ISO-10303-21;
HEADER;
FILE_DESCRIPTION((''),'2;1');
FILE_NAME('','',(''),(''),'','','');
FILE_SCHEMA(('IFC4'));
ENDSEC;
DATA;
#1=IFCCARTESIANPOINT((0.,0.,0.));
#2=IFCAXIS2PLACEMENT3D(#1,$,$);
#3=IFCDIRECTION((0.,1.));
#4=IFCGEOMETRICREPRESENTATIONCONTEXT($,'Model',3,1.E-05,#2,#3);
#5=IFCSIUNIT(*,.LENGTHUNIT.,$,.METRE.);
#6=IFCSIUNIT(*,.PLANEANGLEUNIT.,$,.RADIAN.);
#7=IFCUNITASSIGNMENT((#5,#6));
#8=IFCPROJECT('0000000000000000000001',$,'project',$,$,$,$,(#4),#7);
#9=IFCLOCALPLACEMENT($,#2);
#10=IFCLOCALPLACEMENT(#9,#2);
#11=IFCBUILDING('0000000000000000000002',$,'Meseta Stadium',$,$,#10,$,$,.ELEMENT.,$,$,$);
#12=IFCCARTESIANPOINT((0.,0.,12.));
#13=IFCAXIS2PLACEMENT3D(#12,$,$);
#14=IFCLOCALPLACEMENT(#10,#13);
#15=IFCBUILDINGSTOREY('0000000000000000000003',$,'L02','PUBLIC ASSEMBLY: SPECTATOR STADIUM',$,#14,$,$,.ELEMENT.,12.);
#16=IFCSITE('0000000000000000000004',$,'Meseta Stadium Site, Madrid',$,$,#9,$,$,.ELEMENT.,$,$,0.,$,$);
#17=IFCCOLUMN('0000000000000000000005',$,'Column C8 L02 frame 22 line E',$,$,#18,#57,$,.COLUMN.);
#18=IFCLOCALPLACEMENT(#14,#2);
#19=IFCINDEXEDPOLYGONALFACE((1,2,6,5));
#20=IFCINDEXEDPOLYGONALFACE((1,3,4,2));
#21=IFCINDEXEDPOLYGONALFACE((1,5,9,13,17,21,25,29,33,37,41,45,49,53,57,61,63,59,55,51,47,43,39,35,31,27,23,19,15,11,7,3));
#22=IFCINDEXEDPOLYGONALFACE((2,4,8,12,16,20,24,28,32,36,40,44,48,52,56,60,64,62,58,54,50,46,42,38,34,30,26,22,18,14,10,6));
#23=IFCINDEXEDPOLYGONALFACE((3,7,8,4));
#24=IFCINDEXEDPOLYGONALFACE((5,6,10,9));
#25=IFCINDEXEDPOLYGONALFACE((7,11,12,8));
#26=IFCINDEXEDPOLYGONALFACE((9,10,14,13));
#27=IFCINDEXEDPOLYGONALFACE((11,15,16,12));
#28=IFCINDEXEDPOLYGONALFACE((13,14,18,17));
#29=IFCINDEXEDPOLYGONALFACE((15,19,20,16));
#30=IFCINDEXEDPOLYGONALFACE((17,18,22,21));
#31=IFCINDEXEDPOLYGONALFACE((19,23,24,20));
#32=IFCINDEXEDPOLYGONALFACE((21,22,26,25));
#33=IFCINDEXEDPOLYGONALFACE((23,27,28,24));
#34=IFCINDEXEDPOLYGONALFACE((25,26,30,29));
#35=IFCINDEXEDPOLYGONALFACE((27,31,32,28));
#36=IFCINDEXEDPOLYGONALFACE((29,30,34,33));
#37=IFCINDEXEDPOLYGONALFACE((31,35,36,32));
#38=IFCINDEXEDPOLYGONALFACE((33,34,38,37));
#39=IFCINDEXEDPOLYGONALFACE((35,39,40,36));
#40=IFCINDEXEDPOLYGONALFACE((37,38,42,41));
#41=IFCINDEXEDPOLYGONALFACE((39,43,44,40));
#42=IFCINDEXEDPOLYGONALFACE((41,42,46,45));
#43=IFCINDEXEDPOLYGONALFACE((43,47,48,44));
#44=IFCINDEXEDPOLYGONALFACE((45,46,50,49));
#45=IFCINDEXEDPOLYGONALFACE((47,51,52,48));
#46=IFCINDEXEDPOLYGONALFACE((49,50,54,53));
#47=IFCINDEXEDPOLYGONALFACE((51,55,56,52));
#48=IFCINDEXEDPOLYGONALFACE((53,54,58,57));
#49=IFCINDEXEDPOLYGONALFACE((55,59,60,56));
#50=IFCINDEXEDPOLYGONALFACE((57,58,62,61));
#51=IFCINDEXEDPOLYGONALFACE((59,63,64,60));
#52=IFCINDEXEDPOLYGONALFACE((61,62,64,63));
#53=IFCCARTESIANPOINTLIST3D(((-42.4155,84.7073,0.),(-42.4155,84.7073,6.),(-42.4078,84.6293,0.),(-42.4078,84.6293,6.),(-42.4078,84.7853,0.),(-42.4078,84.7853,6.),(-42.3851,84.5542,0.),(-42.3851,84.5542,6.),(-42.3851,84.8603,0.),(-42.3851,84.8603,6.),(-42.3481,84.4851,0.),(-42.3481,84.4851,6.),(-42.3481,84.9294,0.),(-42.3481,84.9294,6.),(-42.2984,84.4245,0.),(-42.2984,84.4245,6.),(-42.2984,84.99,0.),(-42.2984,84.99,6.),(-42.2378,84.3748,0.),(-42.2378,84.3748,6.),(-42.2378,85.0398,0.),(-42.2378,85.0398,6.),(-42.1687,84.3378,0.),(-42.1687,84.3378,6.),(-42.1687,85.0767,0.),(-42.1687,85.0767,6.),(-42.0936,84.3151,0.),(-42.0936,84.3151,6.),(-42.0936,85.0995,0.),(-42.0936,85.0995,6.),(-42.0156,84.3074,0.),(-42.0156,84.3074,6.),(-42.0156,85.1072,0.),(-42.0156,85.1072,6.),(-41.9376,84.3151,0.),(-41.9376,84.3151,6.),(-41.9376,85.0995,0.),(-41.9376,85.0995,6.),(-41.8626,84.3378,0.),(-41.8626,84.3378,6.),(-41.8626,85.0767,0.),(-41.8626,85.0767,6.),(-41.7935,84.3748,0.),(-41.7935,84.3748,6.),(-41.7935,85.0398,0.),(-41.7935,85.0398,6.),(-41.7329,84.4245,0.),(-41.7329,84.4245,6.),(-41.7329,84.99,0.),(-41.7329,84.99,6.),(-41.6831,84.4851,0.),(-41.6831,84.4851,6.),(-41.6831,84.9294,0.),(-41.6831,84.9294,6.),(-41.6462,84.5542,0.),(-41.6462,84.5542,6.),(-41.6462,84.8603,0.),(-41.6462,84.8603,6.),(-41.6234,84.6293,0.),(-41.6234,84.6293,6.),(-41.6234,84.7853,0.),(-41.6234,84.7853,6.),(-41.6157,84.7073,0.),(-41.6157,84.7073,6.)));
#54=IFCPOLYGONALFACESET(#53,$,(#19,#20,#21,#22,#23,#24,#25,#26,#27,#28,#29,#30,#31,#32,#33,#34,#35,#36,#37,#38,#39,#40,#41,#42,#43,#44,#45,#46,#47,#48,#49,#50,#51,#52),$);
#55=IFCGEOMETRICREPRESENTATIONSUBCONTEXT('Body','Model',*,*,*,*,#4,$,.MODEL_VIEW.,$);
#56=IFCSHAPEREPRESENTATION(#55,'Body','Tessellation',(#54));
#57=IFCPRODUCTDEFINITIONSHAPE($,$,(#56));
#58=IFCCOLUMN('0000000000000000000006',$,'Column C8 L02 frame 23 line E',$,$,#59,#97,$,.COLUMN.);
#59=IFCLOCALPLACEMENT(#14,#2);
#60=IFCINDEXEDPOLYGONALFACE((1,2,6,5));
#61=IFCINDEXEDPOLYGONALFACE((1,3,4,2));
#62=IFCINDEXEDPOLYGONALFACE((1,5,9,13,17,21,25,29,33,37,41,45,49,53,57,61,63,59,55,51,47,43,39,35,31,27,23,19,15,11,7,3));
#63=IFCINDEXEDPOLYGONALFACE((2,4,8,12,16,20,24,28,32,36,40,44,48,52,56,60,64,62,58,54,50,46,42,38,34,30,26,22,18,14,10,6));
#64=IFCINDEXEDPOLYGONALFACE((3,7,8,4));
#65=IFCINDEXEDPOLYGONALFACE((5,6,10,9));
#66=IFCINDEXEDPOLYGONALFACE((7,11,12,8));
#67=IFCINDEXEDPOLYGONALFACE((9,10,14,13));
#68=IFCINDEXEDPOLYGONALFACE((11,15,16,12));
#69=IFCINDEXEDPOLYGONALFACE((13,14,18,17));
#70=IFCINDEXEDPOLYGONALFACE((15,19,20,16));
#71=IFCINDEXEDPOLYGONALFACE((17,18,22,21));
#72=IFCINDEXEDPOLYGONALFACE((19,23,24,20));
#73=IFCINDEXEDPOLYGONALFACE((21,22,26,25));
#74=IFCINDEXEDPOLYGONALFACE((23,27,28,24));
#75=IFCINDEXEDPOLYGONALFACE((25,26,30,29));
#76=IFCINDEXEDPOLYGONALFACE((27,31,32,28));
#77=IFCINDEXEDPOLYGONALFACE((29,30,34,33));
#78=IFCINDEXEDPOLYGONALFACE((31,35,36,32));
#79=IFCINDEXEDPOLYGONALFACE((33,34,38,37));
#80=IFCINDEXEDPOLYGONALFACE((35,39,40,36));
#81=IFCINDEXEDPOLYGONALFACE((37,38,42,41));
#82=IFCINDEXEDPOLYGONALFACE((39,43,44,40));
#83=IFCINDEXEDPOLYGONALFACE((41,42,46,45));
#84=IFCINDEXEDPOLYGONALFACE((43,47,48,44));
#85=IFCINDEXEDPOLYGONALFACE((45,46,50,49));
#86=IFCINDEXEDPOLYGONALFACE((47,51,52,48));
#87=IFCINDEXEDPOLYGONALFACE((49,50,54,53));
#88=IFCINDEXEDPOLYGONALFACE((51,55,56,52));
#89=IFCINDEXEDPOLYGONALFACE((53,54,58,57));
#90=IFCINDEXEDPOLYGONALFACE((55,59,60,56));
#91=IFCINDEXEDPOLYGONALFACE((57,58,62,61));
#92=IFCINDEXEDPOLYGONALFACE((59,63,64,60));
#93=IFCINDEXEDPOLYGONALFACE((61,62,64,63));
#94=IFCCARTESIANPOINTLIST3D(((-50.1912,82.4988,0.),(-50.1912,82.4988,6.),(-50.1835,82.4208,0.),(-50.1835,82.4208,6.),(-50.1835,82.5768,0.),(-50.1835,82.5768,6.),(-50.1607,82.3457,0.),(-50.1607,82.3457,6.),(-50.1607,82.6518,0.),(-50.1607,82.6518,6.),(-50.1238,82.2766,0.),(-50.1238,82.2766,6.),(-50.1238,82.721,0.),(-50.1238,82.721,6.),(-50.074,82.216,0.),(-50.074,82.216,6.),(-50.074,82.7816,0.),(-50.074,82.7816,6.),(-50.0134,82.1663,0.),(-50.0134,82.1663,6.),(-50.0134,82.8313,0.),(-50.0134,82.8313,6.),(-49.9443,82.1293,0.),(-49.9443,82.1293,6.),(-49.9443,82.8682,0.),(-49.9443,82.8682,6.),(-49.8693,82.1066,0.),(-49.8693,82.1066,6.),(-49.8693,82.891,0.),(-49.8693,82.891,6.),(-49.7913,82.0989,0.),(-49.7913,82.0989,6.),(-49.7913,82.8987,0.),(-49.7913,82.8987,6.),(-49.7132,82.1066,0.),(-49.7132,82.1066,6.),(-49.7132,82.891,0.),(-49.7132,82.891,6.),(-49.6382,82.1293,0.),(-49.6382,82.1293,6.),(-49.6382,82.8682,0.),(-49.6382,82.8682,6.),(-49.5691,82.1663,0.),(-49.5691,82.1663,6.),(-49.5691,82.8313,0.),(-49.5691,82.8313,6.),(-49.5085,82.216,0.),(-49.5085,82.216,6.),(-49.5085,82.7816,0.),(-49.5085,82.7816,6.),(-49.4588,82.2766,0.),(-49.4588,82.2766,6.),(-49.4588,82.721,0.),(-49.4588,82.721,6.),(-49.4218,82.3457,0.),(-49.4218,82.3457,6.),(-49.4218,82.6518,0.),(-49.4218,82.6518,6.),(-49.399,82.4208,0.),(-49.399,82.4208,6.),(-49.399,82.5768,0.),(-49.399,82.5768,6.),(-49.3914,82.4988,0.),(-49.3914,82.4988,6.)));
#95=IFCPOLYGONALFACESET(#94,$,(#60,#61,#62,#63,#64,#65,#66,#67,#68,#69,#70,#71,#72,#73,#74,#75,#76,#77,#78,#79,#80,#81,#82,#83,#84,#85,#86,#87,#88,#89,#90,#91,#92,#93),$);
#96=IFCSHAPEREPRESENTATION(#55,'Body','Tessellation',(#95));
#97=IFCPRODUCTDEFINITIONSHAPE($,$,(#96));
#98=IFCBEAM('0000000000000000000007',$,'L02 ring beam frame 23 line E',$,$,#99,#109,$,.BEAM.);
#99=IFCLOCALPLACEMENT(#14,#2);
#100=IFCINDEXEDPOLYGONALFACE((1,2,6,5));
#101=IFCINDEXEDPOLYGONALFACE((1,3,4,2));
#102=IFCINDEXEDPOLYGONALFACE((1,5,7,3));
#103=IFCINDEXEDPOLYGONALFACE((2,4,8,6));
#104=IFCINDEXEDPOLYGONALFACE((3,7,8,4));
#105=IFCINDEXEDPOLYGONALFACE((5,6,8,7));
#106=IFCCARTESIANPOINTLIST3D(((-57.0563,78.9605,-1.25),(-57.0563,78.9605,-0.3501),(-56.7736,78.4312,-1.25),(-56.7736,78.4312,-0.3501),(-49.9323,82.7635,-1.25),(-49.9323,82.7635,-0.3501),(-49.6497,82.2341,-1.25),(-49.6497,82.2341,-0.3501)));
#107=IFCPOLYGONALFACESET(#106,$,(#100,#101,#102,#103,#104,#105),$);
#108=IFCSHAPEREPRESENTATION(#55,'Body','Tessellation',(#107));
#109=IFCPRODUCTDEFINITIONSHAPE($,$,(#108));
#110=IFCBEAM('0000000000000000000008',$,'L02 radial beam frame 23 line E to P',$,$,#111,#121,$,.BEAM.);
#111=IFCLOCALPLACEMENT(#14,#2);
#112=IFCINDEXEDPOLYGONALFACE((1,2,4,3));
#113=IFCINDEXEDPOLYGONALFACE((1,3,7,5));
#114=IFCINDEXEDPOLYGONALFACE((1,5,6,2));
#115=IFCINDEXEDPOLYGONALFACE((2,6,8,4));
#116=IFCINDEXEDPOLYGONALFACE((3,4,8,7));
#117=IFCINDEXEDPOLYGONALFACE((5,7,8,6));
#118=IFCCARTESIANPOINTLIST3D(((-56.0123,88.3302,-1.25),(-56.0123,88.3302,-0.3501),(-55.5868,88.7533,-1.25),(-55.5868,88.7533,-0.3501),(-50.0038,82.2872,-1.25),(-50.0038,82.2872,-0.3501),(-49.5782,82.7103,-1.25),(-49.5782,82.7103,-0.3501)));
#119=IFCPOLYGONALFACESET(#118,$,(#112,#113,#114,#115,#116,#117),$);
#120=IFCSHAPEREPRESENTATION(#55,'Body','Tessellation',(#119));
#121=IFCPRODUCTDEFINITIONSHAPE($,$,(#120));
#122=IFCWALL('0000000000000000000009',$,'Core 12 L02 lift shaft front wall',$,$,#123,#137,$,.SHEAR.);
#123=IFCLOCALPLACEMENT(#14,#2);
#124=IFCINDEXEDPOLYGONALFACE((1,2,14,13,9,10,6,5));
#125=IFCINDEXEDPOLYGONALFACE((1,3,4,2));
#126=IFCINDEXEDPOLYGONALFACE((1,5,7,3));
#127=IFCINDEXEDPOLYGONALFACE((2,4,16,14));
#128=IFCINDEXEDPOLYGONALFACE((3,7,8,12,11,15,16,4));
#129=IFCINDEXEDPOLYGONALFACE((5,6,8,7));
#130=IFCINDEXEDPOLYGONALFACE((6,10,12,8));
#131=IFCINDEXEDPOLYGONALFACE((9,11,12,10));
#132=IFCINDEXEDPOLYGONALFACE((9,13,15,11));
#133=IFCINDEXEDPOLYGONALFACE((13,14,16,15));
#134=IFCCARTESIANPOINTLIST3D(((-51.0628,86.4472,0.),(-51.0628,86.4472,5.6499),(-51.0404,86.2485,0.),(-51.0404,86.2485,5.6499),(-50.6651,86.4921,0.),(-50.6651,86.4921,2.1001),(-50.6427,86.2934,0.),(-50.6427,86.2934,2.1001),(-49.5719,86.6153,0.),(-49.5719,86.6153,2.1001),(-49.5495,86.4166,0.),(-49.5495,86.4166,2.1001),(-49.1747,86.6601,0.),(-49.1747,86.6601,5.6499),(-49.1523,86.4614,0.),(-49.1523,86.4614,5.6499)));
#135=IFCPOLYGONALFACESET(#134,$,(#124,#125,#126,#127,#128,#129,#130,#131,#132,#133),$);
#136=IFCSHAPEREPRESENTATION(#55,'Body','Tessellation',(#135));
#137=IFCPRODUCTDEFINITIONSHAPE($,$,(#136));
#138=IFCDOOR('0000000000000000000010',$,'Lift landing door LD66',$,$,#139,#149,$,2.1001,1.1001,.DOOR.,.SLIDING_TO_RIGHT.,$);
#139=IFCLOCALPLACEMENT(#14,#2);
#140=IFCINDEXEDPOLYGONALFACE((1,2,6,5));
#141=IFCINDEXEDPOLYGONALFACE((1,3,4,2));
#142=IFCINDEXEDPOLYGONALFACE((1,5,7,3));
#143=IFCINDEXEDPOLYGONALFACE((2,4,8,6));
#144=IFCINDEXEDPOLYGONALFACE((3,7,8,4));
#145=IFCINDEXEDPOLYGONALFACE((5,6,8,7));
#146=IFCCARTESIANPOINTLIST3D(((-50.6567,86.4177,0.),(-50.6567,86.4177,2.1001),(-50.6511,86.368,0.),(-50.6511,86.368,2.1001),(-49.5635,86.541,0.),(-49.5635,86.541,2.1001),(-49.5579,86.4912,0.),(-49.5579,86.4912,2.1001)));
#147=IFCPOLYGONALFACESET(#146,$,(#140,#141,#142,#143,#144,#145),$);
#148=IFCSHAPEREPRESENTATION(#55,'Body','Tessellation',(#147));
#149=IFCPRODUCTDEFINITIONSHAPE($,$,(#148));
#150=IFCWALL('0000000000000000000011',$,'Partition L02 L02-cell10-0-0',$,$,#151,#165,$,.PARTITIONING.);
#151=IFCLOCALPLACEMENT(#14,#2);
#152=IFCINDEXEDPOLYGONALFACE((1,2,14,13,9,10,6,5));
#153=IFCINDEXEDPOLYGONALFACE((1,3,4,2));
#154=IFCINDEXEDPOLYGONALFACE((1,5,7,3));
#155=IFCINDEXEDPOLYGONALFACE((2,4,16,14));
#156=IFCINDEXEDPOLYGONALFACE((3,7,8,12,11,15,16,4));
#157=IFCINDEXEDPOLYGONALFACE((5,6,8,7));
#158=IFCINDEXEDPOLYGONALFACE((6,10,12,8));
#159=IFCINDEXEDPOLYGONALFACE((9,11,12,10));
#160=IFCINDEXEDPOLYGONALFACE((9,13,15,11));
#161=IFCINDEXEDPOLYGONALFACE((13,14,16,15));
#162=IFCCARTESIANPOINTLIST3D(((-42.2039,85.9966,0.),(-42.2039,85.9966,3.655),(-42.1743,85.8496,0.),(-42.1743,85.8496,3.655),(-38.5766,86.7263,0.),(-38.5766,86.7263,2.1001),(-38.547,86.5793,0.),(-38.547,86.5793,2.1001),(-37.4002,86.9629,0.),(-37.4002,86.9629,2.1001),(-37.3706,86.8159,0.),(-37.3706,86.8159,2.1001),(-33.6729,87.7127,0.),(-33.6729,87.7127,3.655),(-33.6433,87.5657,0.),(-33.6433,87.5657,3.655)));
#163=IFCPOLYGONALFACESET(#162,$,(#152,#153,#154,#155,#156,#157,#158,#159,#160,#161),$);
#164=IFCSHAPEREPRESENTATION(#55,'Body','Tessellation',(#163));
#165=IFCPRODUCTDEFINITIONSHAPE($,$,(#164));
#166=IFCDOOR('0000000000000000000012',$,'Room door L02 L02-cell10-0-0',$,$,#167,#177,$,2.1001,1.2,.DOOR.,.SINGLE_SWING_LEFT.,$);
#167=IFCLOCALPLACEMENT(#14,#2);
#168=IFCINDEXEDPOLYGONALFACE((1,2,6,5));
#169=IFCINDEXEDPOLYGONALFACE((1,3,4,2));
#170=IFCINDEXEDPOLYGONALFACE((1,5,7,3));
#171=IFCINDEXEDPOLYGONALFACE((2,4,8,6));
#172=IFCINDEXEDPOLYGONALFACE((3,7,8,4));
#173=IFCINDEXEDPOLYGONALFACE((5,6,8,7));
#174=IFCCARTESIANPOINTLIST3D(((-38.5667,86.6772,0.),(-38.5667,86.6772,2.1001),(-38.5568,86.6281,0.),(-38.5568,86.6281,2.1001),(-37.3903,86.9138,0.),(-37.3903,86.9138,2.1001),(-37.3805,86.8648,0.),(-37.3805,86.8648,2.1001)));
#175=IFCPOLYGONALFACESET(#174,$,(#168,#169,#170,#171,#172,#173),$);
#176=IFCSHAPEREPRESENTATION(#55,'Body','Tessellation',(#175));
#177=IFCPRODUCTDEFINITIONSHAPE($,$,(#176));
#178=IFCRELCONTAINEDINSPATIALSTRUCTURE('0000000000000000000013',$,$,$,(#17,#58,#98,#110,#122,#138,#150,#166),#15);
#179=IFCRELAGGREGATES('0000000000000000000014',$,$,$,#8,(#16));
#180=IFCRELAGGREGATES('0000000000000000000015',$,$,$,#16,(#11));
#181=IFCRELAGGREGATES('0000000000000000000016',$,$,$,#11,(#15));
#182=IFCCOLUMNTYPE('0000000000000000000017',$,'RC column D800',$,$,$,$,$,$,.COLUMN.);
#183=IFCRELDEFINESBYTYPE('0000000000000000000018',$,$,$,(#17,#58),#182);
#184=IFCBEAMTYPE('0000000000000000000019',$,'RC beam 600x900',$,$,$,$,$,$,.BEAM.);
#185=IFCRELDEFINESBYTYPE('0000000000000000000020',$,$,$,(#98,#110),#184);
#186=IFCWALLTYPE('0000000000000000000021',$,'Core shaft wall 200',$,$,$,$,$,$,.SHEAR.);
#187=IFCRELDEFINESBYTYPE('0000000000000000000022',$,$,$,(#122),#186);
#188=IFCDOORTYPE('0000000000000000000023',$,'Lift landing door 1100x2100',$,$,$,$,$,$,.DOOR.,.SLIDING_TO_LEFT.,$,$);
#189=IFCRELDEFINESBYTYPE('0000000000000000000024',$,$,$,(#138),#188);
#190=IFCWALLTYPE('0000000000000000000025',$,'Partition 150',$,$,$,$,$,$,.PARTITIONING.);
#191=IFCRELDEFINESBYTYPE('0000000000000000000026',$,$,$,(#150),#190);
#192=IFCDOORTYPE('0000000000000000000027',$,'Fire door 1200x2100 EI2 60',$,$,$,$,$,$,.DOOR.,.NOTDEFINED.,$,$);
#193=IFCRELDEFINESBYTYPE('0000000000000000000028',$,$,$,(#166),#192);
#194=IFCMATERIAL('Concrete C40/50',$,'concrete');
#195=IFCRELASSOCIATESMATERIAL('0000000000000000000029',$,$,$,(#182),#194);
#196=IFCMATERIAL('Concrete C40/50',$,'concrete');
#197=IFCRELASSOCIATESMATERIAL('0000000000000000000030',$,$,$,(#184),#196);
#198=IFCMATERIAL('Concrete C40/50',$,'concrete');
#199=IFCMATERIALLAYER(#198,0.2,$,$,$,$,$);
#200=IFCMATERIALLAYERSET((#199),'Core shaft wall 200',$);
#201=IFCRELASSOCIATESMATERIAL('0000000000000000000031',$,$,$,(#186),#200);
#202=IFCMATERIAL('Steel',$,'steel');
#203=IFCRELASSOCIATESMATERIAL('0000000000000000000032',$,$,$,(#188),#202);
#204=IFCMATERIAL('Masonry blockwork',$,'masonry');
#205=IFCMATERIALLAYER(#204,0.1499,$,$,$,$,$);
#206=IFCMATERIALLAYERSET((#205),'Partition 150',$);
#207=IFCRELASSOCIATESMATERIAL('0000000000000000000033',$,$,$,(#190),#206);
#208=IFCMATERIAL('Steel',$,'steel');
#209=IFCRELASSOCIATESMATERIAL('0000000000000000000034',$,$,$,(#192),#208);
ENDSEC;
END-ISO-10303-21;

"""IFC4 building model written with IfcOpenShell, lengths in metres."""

from ifc_helpers import new_model, si_unit, direction, frame, frame_2d, origin, origin_2d, place, context, subcontext, project, spatial, rectangle, circle, extrude, material, layer, layer_set, material_profile, profile_set, type_object, element, fill, save


model = new_model("IFC4")

# Units and contexts
model_context = context("Model", 3, precision=1e-05, world=origin(), true_north=direction((0.0, 1.0)))
body_context = subcontext(model_context, "Body", "Model", "MODEL_VIEW")
ifc_project = project(units=[si_unit("LENGTHUNIT", "METRE"), si_unit("PLANEANGLEUNIT", "RADIAN")], contexts=[model_context])

# Site, building, storey
site_placement = place(None, origin())
site = spatial("IfcSite", under=ifc_project, at=site_placement, Name="Meseta Stadium Site, Madrid", CompositionType="ELEMENT", RefElevation=0.0)
building_placement = place(site_placement, origin())
building = spatial("IfcBuilding", under=site, at=building_placement, Name="Meseta Stadium", CompositionType="ELEMENT")
storey_placement = place(building_placement, frame((0.0, 0.0, 12.0)))
storey = spatial("IfcBuildingStorey", under=building, at=storey_placement, Name="L02", Description="PUBLIC ASSEMBLY: SPECTATOR STADIUM", CompositionType="ELEMENT", Elevation=12.0)

# Columns
ifc_material_1 = material(Name="Concrete C40/50", Category="concrete")
ifc_material_profile_1 = material_profile(ifc_material_1, circle(Radius=0.3999, at=origin_2d()), Name="RC D800")
ifc_profile_set_1 = profile_set([ifc_material_profile_1], Name="Concrete C40/50")
column_type = type_object("IfcColumnType", Name="RC column D800", PredefinedType="COLUMN", material=ifc_profile_set_1)
for number, where, z_axis, x_axis, name in (
    (1, (-42.0156, 84.7073, 0.0), (0.0, 0.0, 1.0), (1.0, 0.0, 0.0), "Column C8 L02 frame 22 line E"),
    (2, (-49.7913, 82.4988, 0.0), (0.0, 0.0, 1.0), (1.0, 0.0, 0.0), "Column C8 L02 frame 23 line E"),
):
    element("IfcColumn", number, at=place(storey_placement, frame(where, z_axis=z_axis, x_axis=x_axis)), inside=storey, type_object=column_type, Name=name, PredefinedType="COLUMN", context=body_context, shape_type="SweptSolid", body=[
        extrude(circle(Radius=0.3999, at=origin_2d()), origin(), (0.0, 0.0, 1.0), 6.0),
    ])

# Beams
ifc_material_2 = material(Name="Concrete C40/50", Category="concrete")
ifc_material_profile_2 = material_profile(ifc_material_2, rectangle(XDim=0.6001, YDim=0.8999, at=origin_2d()), Name="RC 600x900")
ifc_profile_set_2 = profile_set([ifc_material_profile_2], Name="Concrete C40/50")
beam_type = type_object("IfcBeamType", Name="RC beam 600x900", PredefinedType="BEAM", material=ifc_profile_set_2)
beam_1_placement = place(storey_placement, frame((-49.791, 82.4988, -0.8), z_axis=(-0.882173, -0.470926, 0.0), x_axis=(0.470926, -0.882173, 0.0)))
element("IfcBeam", 3, at=beam_1_placement, inside=storey, type_object=beam_type, Name="L02 ring beam frame 23 line E", PredefinedType="BEAM", context=body_context, shape_type="SweptSolid", body=[
    extrude(rectangle(XDim=0.6001, YDim=0.8999, at=origin_2d()), origin(), (0.0, 0.0, 1.0), 8.0754),
])
beam_2_placement = place(storey_placement, frame((-49.791, 82.4988, -0.8), z_axis=(-0.705084, 0.709124, 0.0), x_axis=(-0.709124, -0.705084, 0.0)))
element("IfcBeam", 4, at=beam_2_placement, inside=storey, type_object=beam_type, Name="L02 radial beam frame 23 line E to P", PredefinedType="BEAM", context=body_context, shape_type="SweptSolid", body=[
    extrude(rectangle(XDim=0.6001, YDim=0.8999, at=origin_2d()), origin(), (0.0, 0.0, 1.0), 8.5217),
])

# Walls, openings, doors
ifc_material_3 = material(Name="Concrete C40/50", Category="concrete")
ifc_layer_1 = layer(ifc_material_3, 0.2)
ifc_layer_set_1 = layer_set([ifc_layer_1], Name="Core shaft wall 200")
wall_type_1 = type_object("IfcWallType", Name="Core shaft wall 200", PredefinedType="SHEAR", material=ifc_layer_set_1)
wall_1_placement = place(storey_placement, frame((-49.1633, 86.5608, 0.0), z_axis=(0.0, 0.0, 1.0), x_axis=(-0.993704, -0.112039, 0.0)))
wall_1 = element("IfcWall", 5, at=wall_1_placement, inside=storey, type_object=wall_type_1, Name="Core 12 L02 lift shaft front wall", PredefinedType="SHEAR", context=body_context, shape_type="SweptSolid", body=[
    extrude(rectangle(XDim=1.9001, YDim=0.2, at=frame_2d((0.9502, 0.0))), origin(), (0.0, 0.0, 1.0), 5.6499),
])
opening_1_placement = place(wall_1_placement, frame((0.3999, 0.0, 0.0)))
opening_1 = element("IfcOpeningElement", 6, at=opening_1_placement, cuts=wall_1, PredefinedType="OPENING", context=body_context, shape_type="SweptSolid", body=[
    extrude(rectangle(XDim=1.1001, YDim=2.1001, at=frame_2d((0.55, 1.05))), frame((0.0, 0.1099, 0.0), z_axis=(0.0, -1.0, 0.0), x_axis=(1.0, 0.0, 0.0)), (0.0, 0.0, 1.0), 0.22),
])
ifc_material_4 = material(Name="Steel", Category="steel")
door_type_1 = type_object("IfcDoorType", Name="Lift landing door 1100x2100", OperationType="SLIDING_TO_LEFT", PredefinedType="DOOR", material=ifc_material_4)
door_1_placement = place(opening_1_placement, origin())
door_1 = element("IfcDoor", 7, at=door_1_placement, inside=storey, type_object=door_type_1, Name="Lift landing door LD66", OperationType="SLIDING_TO_RIGHT", OverallHeight=2.1001, OverallWidth=1.1001, PredefinedType="DOOR", context=body_context, shape_type="SweptSolid", body=[
    extrude(rectangle(XDim=1.1001, YDim=2.1001, at=frame_2d((0.55, 1.05))), frame((0.0, 0.0249, 0.0), z_axis=(0.0, -1.0, 0.0), x_axis=(1.0, 0.0, 0.0)), (0.0, 0.0, 1.0), 0.05),
])
fill(opening_1, door_1)
ifc_material_5 = material(Name="Masonry blockwork", Category="masonry")
ifc_layer_2 = layer(ifc_material_5, 0.1499)
ifc_layer_set_2 = layer_set([ifc_layer_2], Name="Partition 150")
wall_type_2 = type_object("IfcWallType", Name="Partition 150", PredefinedType="PARTITIONING", material=ifc_layer_set_2)
wall_2_placement = place(storey_placement, frame((-42.1892, 85.9231, 0.0), z_axis=(0.0, 0.0, 1.0), x_axis=(0.980362, 0.197206, 0.0)))
wall_2 = element("IfcWall", 8, at=wall_2_placement, inside=storey, type_object=wall_type_2, Name="Partition L02 L02-cell10-0-0", PredefinedType="PARTITIONING", context=body_context, shape_type="SweptSolid", body=[
    extrude(rectangle(XDim=8.7019, YDim=0.1499, at=frame_2d((4.3511, 0.0))), origin(), (0.0, 0.0, 1.0), 3.655),
])
opening_2_placement = place(wall_2_placement, frame((3.7, 0.0, 0.0)))
opening_2 = element("IfcOpeningElement", 9, at=opening_2_placement, cuts=wall_2, PredefinedType="OPENING", context=body_context, shape_type="SweptSolid", body=[
    extrude(rectangle(XDim=1.2, YDim=2.1001, at=frame_2d((0.6001, 1.05))), frame((0.0, 0.085, 0.0), z_axis=(0.0, -1.0, 0.0), x_axis=(1.0, 0.0, 0.0)), (0.0, 0.0, 1.0), 0.1699),
])
ifc_material_6 = material(Name="Steel", Category="steel")
door_type_2 = type_object("IfcDoorType", Name="Fire door 1200x2100 EI2 60", OperationType="NOTDEFINED", PredefinedType="DOOR", material=ifc_material_6)
door_2_placement = place(opening_2_placement, origin())
door_2 = element("IfcDoor", 10, at=door_2_placement, inside=storey, type_object=door_type_2, Name="Room door L02 L02-cell10-0-0", OperationType="SINGLE_SWING_LEFT", OverallHeight=2.1001, OverallWidth=1.2, PredefinedType="DOOR", context=body_context, shape_type="SweptSolid", body=[
    extrude(rectangle(XDim=1.2, YDim=2.1001, at=frame_2d((0.6001, 1.05))), frame((0.0, 0.0249, 0.0), z_axis=(0.0, -1.0, 0.0), x_axis=(1.0, 0.0, 0.0)), (0.0, 0.0, 1.0), 0.05),
])
fill(opening_2, door_2)

save(model, "model.ifc")
